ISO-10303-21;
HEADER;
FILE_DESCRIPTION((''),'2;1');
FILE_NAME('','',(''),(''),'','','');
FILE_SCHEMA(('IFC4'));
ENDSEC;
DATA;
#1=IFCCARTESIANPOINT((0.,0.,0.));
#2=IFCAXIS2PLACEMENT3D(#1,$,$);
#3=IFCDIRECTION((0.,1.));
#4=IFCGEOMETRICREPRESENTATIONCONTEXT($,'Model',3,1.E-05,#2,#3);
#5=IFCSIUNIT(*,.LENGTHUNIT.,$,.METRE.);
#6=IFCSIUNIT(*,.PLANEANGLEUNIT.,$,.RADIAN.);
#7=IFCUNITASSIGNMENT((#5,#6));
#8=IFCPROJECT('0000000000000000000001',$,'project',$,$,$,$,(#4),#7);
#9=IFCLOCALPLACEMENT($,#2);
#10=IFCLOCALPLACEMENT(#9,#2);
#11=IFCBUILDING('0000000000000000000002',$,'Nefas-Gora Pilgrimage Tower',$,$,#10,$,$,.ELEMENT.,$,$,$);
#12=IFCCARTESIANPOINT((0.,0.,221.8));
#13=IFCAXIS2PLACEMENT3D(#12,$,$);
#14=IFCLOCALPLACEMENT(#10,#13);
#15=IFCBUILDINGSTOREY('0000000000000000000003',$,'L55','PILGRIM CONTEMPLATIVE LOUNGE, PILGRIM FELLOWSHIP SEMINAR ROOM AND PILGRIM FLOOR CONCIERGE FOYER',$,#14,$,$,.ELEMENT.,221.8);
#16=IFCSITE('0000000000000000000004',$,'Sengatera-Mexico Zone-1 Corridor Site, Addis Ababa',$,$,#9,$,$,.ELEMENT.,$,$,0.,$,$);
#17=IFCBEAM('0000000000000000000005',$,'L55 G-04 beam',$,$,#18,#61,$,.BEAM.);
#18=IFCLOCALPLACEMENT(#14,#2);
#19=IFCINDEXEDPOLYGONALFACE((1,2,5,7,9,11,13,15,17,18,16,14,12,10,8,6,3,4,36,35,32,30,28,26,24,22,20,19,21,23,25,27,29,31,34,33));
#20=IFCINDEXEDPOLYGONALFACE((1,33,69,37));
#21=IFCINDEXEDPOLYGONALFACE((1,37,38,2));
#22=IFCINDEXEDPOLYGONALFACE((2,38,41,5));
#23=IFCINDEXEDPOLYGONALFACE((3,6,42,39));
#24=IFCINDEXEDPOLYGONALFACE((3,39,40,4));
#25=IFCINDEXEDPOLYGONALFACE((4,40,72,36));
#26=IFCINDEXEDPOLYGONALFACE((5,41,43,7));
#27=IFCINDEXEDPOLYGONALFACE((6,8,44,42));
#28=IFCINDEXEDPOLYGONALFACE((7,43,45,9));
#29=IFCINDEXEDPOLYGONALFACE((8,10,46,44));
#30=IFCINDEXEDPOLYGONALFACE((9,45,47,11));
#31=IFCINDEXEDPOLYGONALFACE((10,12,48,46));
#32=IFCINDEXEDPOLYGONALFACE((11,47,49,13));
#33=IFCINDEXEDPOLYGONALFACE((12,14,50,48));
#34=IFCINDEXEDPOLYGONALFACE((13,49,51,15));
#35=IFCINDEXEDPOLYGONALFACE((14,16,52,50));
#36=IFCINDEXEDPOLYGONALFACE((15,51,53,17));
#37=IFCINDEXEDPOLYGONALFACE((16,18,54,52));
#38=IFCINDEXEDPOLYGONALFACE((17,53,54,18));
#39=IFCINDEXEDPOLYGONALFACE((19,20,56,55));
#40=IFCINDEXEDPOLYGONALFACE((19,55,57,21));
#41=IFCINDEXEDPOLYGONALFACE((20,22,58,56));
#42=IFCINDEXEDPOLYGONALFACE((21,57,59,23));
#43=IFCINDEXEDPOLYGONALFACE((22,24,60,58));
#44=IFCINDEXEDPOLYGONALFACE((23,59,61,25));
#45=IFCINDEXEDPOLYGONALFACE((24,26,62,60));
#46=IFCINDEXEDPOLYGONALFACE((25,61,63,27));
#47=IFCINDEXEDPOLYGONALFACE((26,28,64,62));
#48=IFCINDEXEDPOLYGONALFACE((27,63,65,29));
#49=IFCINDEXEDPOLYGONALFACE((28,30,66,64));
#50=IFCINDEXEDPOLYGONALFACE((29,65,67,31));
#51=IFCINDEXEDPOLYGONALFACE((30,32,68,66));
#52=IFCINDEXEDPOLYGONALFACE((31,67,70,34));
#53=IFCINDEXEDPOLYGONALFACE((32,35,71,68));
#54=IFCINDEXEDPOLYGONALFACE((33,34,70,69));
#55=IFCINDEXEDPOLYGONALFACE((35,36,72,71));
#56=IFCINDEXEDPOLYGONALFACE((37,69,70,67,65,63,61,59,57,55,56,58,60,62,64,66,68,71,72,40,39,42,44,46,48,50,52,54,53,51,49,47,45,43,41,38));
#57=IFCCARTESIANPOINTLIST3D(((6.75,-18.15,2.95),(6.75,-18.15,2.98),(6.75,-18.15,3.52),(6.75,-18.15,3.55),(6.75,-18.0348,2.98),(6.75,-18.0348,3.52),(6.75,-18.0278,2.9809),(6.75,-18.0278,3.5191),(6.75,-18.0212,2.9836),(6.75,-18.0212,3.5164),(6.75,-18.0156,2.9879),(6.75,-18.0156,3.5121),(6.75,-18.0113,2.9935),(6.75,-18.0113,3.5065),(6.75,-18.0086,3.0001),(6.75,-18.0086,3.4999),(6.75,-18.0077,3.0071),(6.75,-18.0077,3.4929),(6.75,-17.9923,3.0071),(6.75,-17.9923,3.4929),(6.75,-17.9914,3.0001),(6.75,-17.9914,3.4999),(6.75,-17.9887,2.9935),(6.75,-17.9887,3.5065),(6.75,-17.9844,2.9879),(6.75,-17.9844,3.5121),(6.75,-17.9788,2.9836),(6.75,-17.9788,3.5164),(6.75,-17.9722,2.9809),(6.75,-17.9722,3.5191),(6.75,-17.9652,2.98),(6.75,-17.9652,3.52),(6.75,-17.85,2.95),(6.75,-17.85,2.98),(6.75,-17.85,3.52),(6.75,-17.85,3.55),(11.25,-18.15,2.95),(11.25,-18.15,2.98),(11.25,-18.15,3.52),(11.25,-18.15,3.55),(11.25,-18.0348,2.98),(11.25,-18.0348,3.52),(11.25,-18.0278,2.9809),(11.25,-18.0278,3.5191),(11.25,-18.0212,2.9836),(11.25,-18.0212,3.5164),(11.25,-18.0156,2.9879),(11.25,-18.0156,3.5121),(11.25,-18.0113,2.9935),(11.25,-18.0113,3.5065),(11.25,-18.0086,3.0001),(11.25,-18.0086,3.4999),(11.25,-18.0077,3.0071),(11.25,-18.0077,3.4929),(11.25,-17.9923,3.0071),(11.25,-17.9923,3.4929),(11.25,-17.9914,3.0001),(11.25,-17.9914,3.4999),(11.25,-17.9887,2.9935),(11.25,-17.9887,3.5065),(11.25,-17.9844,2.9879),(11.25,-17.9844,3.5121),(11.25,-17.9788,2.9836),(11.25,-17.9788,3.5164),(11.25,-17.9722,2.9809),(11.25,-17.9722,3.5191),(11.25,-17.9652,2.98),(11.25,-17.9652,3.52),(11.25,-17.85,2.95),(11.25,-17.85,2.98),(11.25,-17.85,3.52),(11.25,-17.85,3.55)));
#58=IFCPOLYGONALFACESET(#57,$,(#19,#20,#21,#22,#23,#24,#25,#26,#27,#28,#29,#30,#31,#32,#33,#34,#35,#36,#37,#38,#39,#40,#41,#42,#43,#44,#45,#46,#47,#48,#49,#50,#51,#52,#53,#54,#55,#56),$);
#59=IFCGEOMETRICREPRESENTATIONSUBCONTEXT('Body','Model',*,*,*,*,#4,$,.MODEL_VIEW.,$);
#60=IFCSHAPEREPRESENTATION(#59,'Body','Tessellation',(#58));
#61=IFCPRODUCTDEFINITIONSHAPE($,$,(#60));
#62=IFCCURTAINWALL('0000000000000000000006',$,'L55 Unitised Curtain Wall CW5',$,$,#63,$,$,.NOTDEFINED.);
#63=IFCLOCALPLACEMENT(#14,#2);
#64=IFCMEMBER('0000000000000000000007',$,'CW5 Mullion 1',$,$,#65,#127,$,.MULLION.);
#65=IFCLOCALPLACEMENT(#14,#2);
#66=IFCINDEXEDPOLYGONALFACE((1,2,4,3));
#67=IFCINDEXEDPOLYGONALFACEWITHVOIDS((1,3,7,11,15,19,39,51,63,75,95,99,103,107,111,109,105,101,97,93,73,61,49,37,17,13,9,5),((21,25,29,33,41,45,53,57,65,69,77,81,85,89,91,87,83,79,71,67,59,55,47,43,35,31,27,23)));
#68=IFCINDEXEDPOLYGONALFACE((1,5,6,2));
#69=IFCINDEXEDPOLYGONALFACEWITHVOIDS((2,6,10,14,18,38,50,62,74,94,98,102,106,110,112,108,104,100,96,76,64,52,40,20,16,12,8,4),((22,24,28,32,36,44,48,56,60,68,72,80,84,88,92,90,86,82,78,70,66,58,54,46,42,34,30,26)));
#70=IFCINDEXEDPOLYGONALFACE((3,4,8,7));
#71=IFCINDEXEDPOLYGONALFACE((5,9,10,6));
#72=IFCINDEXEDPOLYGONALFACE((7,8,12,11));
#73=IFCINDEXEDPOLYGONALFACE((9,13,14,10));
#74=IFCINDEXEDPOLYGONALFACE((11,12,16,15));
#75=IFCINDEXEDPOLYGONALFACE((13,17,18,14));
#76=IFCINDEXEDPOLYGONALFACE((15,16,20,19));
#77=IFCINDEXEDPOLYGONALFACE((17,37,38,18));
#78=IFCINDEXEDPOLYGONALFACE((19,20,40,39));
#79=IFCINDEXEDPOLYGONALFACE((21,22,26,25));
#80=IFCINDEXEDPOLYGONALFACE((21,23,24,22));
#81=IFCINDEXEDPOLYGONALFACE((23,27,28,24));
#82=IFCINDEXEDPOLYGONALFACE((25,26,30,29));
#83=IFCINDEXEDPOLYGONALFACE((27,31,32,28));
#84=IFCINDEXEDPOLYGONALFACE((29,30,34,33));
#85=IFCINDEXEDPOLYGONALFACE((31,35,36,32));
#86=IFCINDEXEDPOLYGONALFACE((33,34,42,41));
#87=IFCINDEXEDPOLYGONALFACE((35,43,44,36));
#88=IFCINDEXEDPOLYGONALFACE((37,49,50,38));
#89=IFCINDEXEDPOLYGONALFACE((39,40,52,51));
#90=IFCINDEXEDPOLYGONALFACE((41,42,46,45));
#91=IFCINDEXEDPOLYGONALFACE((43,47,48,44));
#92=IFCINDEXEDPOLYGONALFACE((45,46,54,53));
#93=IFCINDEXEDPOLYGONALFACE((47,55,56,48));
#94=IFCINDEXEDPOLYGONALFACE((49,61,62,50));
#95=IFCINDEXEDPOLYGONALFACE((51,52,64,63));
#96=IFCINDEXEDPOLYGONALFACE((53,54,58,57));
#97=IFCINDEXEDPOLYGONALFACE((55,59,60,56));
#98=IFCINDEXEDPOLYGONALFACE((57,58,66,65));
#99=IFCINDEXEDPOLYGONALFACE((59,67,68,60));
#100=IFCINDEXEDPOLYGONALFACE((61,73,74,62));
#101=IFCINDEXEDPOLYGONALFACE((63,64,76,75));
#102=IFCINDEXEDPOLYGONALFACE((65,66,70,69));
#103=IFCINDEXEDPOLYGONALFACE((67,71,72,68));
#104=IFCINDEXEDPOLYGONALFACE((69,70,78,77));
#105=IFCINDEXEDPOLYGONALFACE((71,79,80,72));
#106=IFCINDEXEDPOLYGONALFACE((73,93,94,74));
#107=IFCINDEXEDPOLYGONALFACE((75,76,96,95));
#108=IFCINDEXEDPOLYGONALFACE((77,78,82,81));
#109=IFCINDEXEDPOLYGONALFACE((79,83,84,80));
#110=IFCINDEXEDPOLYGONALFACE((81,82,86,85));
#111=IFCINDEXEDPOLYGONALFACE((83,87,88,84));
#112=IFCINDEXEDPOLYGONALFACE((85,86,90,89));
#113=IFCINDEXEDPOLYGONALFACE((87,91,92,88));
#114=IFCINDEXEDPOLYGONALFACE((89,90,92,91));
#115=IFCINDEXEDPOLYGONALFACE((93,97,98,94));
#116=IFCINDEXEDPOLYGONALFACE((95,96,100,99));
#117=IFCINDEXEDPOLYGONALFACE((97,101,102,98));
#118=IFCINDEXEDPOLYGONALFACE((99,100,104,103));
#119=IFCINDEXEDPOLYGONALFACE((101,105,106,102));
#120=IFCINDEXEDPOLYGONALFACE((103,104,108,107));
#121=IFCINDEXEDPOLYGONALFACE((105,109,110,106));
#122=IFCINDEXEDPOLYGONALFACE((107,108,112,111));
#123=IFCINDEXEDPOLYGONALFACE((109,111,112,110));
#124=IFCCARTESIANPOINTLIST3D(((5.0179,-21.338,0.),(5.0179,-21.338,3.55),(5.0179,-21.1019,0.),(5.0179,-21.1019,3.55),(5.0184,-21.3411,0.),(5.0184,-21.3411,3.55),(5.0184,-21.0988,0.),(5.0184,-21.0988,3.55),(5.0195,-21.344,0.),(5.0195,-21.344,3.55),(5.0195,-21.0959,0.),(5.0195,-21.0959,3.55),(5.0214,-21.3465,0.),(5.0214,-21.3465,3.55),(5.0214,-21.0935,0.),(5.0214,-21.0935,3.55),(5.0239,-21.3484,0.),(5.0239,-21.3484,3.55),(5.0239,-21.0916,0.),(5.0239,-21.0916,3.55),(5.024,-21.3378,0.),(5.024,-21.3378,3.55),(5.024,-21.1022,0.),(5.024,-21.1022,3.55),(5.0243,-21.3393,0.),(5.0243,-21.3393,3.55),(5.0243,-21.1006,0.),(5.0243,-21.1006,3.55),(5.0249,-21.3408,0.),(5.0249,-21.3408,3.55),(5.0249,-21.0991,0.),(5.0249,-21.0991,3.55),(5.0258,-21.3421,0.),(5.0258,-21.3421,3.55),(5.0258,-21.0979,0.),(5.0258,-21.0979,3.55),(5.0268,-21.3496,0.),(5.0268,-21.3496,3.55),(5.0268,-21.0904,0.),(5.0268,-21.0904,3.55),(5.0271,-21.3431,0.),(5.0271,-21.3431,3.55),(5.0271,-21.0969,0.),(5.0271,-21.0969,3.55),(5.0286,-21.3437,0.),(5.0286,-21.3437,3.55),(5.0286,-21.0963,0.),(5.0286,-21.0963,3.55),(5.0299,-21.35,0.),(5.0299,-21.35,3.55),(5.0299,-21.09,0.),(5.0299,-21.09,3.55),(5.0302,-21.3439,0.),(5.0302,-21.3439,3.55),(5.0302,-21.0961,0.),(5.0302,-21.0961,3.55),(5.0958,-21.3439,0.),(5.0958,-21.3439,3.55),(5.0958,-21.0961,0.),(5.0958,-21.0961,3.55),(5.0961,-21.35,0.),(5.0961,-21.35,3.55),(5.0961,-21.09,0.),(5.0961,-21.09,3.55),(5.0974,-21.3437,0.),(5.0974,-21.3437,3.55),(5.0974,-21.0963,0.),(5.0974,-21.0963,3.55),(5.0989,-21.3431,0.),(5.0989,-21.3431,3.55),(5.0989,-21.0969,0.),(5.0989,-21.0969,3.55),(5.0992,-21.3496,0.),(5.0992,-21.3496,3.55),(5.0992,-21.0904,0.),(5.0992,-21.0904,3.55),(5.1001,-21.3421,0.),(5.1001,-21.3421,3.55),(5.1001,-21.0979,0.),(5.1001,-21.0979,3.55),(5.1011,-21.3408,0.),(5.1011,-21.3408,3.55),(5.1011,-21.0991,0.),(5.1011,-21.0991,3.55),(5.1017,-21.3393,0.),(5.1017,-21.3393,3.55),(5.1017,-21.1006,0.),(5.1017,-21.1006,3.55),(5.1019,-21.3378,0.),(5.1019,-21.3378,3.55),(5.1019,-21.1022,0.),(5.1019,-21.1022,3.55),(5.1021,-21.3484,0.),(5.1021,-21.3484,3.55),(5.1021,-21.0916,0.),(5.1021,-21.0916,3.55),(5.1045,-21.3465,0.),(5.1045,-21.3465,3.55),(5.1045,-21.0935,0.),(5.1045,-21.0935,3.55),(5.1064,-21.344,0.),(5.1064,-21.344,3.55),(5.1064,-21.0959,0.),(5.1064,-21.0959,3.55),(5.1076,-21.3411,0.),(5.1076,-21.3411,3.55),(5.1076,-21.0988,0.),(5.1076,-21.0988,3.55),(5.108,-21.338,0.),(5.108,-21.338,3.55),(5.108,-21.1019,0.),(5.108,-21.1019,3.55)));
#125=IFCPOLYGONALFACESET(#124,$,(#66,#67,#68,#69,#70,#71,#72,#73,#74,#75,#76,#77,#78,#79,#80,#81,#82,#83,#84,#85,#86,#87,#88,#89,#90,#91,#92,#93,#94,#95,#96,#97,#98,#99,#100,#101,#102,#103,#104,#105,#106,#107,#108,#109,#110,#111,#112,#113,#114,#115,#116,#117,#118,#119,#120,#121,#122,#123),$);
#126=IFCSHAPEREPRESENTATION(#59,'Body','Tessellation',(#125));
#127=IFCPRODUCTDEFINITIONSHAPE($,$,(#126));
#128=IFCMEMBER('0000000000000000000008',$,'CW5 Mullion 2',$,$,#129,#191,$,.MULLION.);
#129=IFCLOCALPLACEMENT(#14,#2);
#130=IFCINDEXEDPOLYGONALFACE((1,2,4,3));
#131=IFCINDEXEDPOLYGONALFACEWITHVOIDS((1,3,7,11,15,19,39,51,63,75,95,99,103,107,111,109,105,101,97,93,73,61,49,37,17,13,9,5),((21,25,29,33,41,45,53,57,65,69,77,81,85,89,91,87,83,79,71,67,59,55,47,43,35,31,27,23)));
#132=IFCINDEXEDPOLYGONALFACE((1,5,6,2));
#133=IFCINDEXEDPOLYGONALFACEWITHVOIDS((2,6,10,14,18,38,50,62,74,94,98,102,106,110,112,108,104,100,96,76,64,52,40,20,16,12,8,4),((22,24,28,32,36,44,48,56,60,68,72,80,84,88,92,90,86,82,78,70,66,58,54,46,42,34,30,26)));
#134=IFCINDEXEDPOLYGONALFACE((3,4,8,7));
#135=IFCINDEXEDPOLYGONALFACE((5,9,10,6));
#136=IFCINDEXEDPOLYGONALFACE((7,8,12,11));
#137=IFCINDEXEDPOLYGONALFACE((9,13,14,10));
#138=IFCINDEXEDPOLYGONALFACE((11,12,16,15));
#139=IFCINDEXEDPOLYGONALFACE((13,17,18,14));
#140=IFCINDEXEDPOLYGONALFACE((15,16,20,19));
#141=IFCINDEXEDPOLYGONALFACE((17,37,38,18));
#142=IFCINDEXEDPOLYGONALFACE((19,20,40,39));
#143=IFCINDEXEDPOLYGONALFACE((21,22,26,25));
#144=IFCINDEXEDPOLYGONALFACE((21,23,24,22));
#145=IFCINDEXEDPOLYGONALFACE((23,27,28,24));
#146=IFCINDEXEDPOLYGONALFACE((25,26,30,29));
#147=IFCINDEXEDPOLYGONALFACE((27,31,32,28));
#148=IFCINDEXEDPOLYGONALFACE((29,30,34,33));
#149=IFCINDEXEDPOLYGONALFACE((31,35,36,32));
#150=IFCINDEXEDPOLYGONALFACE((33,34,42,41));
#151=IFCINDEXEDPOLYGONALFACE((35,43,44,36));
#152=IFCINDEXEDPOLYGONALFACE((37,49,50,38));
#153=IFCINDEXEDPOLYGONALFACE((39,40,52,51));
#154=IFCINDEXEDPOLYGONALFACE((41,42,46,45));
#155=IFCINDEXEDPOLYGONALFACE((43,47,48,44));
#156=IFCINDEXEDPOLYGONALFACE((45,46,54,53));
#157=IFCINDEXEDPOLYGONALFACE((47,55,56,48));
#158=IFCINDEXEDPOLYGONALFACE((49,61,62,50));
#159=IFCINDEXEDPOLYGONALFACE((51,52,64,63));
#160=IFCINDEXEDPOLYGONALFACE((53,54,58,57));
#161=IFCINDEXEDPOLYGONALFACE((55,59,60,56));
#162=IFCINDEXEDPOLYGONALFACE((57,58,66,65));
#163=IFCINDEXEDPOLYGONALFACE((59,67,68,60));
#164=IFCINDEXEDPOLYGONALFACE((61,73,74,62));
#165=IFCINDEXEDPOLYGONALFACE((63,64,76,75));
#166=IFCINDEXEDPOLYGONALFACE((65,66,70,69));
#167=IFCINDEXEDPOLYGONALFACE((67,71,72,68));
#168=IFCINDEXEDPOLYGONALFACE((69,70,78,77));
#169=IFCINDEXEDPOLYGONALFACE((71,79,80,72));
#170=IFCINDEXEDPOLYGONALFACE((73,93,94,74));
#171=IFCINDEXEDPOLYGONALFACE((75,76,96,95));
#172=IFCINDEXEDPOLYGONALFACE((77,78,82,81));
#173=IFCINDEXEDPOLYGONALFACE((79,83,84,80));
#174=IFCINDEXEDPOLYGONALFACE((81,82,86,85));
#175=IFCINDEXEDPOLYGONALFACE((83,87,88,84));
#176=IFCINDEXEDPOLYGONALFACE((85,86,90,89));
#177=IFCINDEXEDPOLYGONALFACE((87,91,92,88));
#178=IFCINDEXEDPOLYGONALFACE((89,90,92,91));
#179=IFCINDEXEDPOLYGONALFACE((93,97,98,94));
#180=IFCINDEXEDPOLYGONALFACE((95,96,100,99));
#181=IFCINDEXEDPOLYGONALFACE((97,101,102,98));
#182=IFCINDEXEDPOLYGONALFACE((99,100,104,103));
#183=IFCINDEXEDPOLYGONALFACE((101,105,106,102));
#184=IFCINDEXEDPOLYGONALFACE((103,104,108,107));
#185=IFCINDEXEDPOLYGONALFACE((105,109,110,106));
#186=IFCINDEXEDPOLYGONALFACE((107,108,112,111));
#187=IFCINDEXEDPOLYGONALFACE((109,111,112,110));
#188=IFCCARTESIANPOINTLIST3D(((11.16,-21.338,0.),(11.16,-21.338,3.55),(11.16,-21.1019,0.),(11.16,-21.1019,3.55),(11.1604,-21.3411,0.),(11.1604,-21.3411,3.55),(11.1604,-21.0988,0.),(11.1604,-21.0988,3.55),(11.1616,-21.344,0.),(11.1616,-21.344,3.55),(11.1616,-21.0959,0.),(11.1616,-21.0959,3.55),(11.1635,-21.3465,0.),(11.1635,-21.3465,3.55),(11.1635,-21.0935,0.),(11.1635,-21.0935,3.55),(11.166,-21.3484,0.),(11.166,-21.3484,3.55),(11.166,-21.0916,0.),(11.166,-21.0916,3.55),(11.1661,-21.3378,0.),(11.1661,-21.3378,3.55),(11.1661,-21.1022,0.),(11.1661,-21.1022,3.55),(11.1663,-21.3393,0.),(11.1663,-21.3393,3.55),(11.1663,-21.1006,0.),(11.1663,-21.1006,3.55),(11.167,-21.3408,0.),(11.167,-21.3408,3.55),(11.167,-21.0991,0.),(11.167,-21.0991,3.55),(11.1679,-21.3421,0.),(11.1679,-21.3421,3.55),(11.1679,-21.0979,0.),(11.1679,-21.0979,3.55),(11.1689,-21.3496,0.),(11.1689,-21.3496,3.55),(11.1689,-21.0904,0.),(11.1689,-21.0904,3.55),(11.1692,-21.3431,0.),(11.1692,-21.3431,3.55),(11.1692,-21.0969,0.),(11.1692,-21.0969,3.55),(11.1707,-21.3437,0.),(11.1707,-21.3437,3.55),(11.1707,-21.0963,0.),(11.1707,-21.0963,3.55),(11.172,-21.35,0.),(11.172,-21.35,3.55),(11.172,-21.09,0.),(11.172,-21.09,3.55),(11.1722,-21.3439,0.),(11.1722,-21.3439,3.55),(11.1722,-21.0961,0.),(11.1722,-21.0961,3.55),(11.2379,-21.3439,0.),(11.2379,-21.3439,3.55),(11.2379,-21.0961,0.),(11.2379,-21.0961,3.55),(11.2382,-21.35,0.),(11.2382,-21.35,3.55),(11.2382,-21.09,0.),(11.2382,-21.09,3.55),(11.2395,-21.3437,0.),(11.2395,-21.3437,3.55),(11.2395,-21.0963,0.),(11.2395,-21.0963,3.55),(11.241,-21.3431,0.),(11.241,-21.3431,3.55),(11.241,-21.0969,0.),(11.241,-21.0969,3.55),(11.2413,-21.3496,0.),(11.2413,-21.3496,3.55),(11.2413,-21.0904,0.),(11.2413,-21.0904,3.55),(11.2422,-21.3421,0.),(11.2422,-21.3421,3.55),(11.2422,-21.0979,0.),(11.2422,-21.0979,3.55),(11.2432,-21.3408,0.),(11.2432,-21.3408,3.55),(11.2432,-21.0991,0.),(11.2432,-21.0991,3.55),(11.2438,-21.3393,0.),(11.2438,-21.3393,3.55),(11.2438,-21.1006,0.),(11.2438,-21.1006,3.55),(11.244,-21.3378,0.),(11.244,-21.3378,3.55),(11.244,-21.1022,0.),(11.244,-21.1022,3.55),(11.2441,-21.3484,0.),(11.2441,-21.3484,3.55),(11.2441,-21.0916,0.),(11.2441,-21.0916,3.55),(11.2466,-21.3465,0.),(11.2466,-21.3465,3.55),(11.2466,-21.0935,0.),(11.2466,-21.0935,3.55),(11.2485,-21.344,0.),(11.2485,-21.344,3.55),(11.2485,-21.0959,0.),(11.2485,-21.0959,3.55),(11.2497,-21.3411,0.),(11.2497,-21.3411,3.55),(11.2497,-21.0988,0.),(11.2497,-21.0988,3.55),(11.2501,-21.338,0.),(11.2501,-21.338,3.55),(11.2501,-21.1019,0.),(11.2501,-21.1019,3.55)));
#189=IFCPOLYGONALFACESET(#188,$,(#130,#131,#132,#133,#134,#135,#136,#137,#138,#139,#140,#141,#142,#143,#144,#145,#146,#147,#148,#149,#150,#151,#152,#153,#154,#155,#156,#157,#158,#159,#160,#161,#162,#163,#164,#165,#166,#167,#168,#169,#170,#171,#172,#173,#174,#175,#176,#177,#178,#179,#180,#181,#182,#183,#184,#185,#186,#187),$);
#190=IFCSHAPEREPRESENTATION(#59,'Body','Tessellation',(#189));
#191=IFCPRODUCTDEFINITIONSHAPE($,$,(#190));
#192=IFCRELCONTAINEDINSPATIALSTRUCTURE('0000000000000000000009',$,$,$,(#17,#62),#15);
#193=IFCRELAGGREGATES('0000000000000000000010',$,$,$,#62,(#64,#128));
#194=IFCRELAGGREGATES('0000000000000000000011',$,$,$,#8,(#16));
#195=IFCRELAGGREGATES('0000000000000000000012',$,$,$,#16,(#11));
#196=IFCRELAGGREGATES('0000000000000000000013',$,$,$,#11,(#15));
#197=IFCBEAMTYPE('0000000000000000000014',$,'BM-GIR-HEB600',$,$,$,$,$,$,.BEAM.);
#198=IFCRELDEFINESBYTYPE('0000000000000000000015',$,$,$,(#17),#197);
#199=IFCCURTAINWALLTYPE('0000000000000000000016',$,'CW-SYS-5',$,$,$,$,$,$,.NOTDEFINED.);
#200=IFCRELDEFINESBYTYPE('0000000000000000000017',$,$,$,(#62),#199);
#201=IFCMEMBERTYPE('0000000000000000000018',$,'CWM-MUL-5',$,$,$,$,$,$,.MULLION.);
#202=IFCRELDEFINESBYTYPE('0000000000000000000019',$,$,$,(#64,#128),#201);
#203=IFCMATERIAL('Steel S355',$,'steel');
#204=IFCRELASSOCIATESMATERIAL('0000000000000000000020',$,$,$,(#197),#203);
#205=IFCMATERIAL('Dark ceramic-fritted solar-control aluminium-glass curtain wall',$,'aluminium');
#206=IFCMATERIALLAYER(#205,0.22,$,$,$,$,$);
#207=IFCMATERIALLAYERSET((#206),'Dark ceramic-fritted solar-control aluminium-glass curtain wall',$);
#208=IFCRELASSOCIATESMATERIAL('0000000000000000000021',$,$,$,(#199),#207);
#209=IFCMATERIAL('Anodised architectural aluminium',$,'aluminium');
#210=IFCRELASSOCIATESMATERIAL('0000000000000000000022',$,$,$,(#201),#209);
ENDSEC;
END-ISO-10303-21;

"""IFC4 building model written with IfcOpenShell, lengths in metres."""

from ifc_helpers import new_model, si_unit, direction, frame, origin, origin_2d, place, context, subcontext, project, spatial, hollow_rectangle, i_section, extrude, source, transform, mapped, material, layer, layer_set, material_profile, profile_set, type_object, element, aggregate, save


model = new_model("IFC4")

# Units and contexts
model_context = context("Model", 3, precision=1e-05, world=origin(), true_north=direction((0.0, 1.0)))
body_context = subcontext(model_context, "Body", "Model", "MODEL_VIEW")
ifc_project = project(units=[si_unit("LENGTHUNIT", "METRE"), si_unit("PLANEANGLEUNIT", "RADIAN")], contexts=[model_context])

# Site, building, storey
site_placement = place(None, origin())
site = spatial("IfcSite", under=ifc_project, at=site_placement, Name="Sengatera-Mexico Zone-1 Corridor Site, Addis Ababa", CompositionType="ELEMENT", RefElevation=0.0)
building_placement = place(site_placement, origin())
building = spatial("IfcBuilding", under=site, at=building_placement, Name="Nefas-Gora Pilgrimage Tower", CompositionType="ELEMENT")
storey_placement = place(building_placement, frame((0.0, 0.0, 221.8)))
storey = spatial("IfcBuildingStorey", under=building, at=storey_placement, Name="L55", Description="PILGRIM CONTEMPLATIVE LOUNGE, PILGRIM FELLOWSHIP SEMINAR ROOM AND PILGRIM FLOOR CONCIERGE FOYER", CompositionType="ELEMENT", Elevation=221.8)

# Beam
ifc_material_1 = material(Name="Steel S355", Category="steel")
ifc_material_profile_1 = material_profile(ifc_material_1, i_section(OverallWidth=0.3, OverallDepth=0.6001, WebThickness=0.0154, FlangeThickness=0.03, FilletRadius=0.0271, at=origin_2d()), Name="HEB 600")
ifc_profile_set_1 = profile_set([ifc_material_profile_1], Name="Steel S355")
beam_type = type_object("IfcBeamType", Name="BM-GIR-HEB600", PredefinedType="BEAM", material=ifc_profile_set_1)
shared_shape_1 = source(origin(), body_context, "Body", "SweptSolid", [
    extrude(i_section(OverallWidth=0.3, OverallDepth=0.6001, WebThickness=0.0154, FlangeThickness=0.03, FilletRadius=0.0271, at=origin_2d()), origin(), (0.0, 0.0, 1.0), 4.5),
])
for number, where, z_axis, x_axis, name in (
    (1, (6.75, -18.0, 3.25), (1.0, 0.0, 0.0), (0.0, 1.0, 0.0), "L55 G-04 beam"),
):
    element("IfcBeam", number, at=place(storey_placement, frame(where, z_axis=z_axis, x_axis=x_axis)), inside=storey, type_object=beam_type, Name=name, PredefinedType="BEAM", context=body_context, shape_type="MappedRepresentation", body=[
        mapped(shared_shape_1, transform((0.0, 0.0, 0.0), x_axis=(1.0, 0.0, 0.0), y_axis=(0.0, 1.0, 0.0), z_axis=(0.0, 0.0, 1.0), scale=1.0)),
    ])

# Curtain wall, members
ifc_material_2 = material(Name="Dark ceramic-fritted solar-control aluminium-glass curtain wall", Category="aluminium")
ifc_layer_1 = layer(ifc_material_2, 0.22)
ifc_layer_set_1 = layer_set([ifc_layer_1], Name="Dark ceramic-fritted solar-control aluminium-glass curtain wall")
curtain_wall_type = type_object("IfcCurtainWallType", Name="CW-SYS-5", PredefinedType="NOTDEFINED", material=ifc_layer_set_1)
curtain_wall_1_placement = place(storey_placement, origin())
curtain_wall_1 = element("IfcCurtainWall", 2, at=curtain_wall_1_placement, inside=storey, type_object=curtain_wall_type, Name="L55 Unitised Curtain Wall CW5", PredefinedType="NOTDEFINED")
ifc_material_3 = material(Name="Anodised architectural aluminium", Category="aluminium")
ifc_material_profile_2 = material_profile(ifc_material_3, hollow_rectangle(XDim=0.0901, YDim=0.26, WallThickness=0.0061, InnerFilletRadius=0.0061, OuterFilletRadius=0.012, at=origin_2d()), Name="ALU MULLION 90x260")
ifc_profile_set_2 = profile_set([ifc_material_profile_2], Name="Anodised architectural aluminium")
member_type_1 = type_object("IfcMemberType", Name="CWM-MUL-5", PredefinedType="MULLION", material=ifc_profile_set_2)
shared_shape_2 = source(origin(), body_context, "Body", "SweptSolid", [
    extrude(hollow_rectangle(XDim=0.0901, YDim=0.26, WallThickness=0.0061, InnerFilletRadius=0.0061, OuterFilletRadius=0.012, at=origin_2d()), origin(), (0.0, 0.0, 1.0), 3.55),
])
member_1_placement = place(storey_placement, frame((5.063, -21.22, 0.0), z_axis=(0.0, 0.0, 1.0), x_axis=(1.0, 0.0, 0.0)))
member_1 = element("IfcMember", 3, at=member_1_placement, type_object=member_type_1, Name="CW5 Mullion 1", PredefinedType="MULLION", context=body_context, shape_type="MappedRepresentation", body=[
    mapped(shared_shape_2, transform((0.0, 0.0, 0.0), x_axis=(1.0, 0.0, 0.0), y_axis=(0.0, 1.0, 0.0), z_axis=(0.0, 0.0, 1.0), scale=1.0)),
])
member_2_placement = place(storey_placement, frame((11.2051, -21.22, 0.0), z_axis=(0.0, 0.0, 1.0), x_axis=(1.0, 0.0, 0.0)))
member_2 = element("IfcMember", 4, at=member_2_placement, type_object=member_type_1, Name="CW5 Mullion 2", PredefinedType="MULLION", context=body_context, shape_type="MappedRepresentation", body=[
    mapped(shared_shape_2, transform((0.0, 0.0, 0.0), x_axis=(1.0, 0.0, 0.0), y_axis=(0.0, 1.0, 0.0), z_axis=(0.0, 0.0, 1.0), scale=1.0)),
])

aggregate(curtain_wall_1, [member_1, member_2])

save(model, "model.ifc")
